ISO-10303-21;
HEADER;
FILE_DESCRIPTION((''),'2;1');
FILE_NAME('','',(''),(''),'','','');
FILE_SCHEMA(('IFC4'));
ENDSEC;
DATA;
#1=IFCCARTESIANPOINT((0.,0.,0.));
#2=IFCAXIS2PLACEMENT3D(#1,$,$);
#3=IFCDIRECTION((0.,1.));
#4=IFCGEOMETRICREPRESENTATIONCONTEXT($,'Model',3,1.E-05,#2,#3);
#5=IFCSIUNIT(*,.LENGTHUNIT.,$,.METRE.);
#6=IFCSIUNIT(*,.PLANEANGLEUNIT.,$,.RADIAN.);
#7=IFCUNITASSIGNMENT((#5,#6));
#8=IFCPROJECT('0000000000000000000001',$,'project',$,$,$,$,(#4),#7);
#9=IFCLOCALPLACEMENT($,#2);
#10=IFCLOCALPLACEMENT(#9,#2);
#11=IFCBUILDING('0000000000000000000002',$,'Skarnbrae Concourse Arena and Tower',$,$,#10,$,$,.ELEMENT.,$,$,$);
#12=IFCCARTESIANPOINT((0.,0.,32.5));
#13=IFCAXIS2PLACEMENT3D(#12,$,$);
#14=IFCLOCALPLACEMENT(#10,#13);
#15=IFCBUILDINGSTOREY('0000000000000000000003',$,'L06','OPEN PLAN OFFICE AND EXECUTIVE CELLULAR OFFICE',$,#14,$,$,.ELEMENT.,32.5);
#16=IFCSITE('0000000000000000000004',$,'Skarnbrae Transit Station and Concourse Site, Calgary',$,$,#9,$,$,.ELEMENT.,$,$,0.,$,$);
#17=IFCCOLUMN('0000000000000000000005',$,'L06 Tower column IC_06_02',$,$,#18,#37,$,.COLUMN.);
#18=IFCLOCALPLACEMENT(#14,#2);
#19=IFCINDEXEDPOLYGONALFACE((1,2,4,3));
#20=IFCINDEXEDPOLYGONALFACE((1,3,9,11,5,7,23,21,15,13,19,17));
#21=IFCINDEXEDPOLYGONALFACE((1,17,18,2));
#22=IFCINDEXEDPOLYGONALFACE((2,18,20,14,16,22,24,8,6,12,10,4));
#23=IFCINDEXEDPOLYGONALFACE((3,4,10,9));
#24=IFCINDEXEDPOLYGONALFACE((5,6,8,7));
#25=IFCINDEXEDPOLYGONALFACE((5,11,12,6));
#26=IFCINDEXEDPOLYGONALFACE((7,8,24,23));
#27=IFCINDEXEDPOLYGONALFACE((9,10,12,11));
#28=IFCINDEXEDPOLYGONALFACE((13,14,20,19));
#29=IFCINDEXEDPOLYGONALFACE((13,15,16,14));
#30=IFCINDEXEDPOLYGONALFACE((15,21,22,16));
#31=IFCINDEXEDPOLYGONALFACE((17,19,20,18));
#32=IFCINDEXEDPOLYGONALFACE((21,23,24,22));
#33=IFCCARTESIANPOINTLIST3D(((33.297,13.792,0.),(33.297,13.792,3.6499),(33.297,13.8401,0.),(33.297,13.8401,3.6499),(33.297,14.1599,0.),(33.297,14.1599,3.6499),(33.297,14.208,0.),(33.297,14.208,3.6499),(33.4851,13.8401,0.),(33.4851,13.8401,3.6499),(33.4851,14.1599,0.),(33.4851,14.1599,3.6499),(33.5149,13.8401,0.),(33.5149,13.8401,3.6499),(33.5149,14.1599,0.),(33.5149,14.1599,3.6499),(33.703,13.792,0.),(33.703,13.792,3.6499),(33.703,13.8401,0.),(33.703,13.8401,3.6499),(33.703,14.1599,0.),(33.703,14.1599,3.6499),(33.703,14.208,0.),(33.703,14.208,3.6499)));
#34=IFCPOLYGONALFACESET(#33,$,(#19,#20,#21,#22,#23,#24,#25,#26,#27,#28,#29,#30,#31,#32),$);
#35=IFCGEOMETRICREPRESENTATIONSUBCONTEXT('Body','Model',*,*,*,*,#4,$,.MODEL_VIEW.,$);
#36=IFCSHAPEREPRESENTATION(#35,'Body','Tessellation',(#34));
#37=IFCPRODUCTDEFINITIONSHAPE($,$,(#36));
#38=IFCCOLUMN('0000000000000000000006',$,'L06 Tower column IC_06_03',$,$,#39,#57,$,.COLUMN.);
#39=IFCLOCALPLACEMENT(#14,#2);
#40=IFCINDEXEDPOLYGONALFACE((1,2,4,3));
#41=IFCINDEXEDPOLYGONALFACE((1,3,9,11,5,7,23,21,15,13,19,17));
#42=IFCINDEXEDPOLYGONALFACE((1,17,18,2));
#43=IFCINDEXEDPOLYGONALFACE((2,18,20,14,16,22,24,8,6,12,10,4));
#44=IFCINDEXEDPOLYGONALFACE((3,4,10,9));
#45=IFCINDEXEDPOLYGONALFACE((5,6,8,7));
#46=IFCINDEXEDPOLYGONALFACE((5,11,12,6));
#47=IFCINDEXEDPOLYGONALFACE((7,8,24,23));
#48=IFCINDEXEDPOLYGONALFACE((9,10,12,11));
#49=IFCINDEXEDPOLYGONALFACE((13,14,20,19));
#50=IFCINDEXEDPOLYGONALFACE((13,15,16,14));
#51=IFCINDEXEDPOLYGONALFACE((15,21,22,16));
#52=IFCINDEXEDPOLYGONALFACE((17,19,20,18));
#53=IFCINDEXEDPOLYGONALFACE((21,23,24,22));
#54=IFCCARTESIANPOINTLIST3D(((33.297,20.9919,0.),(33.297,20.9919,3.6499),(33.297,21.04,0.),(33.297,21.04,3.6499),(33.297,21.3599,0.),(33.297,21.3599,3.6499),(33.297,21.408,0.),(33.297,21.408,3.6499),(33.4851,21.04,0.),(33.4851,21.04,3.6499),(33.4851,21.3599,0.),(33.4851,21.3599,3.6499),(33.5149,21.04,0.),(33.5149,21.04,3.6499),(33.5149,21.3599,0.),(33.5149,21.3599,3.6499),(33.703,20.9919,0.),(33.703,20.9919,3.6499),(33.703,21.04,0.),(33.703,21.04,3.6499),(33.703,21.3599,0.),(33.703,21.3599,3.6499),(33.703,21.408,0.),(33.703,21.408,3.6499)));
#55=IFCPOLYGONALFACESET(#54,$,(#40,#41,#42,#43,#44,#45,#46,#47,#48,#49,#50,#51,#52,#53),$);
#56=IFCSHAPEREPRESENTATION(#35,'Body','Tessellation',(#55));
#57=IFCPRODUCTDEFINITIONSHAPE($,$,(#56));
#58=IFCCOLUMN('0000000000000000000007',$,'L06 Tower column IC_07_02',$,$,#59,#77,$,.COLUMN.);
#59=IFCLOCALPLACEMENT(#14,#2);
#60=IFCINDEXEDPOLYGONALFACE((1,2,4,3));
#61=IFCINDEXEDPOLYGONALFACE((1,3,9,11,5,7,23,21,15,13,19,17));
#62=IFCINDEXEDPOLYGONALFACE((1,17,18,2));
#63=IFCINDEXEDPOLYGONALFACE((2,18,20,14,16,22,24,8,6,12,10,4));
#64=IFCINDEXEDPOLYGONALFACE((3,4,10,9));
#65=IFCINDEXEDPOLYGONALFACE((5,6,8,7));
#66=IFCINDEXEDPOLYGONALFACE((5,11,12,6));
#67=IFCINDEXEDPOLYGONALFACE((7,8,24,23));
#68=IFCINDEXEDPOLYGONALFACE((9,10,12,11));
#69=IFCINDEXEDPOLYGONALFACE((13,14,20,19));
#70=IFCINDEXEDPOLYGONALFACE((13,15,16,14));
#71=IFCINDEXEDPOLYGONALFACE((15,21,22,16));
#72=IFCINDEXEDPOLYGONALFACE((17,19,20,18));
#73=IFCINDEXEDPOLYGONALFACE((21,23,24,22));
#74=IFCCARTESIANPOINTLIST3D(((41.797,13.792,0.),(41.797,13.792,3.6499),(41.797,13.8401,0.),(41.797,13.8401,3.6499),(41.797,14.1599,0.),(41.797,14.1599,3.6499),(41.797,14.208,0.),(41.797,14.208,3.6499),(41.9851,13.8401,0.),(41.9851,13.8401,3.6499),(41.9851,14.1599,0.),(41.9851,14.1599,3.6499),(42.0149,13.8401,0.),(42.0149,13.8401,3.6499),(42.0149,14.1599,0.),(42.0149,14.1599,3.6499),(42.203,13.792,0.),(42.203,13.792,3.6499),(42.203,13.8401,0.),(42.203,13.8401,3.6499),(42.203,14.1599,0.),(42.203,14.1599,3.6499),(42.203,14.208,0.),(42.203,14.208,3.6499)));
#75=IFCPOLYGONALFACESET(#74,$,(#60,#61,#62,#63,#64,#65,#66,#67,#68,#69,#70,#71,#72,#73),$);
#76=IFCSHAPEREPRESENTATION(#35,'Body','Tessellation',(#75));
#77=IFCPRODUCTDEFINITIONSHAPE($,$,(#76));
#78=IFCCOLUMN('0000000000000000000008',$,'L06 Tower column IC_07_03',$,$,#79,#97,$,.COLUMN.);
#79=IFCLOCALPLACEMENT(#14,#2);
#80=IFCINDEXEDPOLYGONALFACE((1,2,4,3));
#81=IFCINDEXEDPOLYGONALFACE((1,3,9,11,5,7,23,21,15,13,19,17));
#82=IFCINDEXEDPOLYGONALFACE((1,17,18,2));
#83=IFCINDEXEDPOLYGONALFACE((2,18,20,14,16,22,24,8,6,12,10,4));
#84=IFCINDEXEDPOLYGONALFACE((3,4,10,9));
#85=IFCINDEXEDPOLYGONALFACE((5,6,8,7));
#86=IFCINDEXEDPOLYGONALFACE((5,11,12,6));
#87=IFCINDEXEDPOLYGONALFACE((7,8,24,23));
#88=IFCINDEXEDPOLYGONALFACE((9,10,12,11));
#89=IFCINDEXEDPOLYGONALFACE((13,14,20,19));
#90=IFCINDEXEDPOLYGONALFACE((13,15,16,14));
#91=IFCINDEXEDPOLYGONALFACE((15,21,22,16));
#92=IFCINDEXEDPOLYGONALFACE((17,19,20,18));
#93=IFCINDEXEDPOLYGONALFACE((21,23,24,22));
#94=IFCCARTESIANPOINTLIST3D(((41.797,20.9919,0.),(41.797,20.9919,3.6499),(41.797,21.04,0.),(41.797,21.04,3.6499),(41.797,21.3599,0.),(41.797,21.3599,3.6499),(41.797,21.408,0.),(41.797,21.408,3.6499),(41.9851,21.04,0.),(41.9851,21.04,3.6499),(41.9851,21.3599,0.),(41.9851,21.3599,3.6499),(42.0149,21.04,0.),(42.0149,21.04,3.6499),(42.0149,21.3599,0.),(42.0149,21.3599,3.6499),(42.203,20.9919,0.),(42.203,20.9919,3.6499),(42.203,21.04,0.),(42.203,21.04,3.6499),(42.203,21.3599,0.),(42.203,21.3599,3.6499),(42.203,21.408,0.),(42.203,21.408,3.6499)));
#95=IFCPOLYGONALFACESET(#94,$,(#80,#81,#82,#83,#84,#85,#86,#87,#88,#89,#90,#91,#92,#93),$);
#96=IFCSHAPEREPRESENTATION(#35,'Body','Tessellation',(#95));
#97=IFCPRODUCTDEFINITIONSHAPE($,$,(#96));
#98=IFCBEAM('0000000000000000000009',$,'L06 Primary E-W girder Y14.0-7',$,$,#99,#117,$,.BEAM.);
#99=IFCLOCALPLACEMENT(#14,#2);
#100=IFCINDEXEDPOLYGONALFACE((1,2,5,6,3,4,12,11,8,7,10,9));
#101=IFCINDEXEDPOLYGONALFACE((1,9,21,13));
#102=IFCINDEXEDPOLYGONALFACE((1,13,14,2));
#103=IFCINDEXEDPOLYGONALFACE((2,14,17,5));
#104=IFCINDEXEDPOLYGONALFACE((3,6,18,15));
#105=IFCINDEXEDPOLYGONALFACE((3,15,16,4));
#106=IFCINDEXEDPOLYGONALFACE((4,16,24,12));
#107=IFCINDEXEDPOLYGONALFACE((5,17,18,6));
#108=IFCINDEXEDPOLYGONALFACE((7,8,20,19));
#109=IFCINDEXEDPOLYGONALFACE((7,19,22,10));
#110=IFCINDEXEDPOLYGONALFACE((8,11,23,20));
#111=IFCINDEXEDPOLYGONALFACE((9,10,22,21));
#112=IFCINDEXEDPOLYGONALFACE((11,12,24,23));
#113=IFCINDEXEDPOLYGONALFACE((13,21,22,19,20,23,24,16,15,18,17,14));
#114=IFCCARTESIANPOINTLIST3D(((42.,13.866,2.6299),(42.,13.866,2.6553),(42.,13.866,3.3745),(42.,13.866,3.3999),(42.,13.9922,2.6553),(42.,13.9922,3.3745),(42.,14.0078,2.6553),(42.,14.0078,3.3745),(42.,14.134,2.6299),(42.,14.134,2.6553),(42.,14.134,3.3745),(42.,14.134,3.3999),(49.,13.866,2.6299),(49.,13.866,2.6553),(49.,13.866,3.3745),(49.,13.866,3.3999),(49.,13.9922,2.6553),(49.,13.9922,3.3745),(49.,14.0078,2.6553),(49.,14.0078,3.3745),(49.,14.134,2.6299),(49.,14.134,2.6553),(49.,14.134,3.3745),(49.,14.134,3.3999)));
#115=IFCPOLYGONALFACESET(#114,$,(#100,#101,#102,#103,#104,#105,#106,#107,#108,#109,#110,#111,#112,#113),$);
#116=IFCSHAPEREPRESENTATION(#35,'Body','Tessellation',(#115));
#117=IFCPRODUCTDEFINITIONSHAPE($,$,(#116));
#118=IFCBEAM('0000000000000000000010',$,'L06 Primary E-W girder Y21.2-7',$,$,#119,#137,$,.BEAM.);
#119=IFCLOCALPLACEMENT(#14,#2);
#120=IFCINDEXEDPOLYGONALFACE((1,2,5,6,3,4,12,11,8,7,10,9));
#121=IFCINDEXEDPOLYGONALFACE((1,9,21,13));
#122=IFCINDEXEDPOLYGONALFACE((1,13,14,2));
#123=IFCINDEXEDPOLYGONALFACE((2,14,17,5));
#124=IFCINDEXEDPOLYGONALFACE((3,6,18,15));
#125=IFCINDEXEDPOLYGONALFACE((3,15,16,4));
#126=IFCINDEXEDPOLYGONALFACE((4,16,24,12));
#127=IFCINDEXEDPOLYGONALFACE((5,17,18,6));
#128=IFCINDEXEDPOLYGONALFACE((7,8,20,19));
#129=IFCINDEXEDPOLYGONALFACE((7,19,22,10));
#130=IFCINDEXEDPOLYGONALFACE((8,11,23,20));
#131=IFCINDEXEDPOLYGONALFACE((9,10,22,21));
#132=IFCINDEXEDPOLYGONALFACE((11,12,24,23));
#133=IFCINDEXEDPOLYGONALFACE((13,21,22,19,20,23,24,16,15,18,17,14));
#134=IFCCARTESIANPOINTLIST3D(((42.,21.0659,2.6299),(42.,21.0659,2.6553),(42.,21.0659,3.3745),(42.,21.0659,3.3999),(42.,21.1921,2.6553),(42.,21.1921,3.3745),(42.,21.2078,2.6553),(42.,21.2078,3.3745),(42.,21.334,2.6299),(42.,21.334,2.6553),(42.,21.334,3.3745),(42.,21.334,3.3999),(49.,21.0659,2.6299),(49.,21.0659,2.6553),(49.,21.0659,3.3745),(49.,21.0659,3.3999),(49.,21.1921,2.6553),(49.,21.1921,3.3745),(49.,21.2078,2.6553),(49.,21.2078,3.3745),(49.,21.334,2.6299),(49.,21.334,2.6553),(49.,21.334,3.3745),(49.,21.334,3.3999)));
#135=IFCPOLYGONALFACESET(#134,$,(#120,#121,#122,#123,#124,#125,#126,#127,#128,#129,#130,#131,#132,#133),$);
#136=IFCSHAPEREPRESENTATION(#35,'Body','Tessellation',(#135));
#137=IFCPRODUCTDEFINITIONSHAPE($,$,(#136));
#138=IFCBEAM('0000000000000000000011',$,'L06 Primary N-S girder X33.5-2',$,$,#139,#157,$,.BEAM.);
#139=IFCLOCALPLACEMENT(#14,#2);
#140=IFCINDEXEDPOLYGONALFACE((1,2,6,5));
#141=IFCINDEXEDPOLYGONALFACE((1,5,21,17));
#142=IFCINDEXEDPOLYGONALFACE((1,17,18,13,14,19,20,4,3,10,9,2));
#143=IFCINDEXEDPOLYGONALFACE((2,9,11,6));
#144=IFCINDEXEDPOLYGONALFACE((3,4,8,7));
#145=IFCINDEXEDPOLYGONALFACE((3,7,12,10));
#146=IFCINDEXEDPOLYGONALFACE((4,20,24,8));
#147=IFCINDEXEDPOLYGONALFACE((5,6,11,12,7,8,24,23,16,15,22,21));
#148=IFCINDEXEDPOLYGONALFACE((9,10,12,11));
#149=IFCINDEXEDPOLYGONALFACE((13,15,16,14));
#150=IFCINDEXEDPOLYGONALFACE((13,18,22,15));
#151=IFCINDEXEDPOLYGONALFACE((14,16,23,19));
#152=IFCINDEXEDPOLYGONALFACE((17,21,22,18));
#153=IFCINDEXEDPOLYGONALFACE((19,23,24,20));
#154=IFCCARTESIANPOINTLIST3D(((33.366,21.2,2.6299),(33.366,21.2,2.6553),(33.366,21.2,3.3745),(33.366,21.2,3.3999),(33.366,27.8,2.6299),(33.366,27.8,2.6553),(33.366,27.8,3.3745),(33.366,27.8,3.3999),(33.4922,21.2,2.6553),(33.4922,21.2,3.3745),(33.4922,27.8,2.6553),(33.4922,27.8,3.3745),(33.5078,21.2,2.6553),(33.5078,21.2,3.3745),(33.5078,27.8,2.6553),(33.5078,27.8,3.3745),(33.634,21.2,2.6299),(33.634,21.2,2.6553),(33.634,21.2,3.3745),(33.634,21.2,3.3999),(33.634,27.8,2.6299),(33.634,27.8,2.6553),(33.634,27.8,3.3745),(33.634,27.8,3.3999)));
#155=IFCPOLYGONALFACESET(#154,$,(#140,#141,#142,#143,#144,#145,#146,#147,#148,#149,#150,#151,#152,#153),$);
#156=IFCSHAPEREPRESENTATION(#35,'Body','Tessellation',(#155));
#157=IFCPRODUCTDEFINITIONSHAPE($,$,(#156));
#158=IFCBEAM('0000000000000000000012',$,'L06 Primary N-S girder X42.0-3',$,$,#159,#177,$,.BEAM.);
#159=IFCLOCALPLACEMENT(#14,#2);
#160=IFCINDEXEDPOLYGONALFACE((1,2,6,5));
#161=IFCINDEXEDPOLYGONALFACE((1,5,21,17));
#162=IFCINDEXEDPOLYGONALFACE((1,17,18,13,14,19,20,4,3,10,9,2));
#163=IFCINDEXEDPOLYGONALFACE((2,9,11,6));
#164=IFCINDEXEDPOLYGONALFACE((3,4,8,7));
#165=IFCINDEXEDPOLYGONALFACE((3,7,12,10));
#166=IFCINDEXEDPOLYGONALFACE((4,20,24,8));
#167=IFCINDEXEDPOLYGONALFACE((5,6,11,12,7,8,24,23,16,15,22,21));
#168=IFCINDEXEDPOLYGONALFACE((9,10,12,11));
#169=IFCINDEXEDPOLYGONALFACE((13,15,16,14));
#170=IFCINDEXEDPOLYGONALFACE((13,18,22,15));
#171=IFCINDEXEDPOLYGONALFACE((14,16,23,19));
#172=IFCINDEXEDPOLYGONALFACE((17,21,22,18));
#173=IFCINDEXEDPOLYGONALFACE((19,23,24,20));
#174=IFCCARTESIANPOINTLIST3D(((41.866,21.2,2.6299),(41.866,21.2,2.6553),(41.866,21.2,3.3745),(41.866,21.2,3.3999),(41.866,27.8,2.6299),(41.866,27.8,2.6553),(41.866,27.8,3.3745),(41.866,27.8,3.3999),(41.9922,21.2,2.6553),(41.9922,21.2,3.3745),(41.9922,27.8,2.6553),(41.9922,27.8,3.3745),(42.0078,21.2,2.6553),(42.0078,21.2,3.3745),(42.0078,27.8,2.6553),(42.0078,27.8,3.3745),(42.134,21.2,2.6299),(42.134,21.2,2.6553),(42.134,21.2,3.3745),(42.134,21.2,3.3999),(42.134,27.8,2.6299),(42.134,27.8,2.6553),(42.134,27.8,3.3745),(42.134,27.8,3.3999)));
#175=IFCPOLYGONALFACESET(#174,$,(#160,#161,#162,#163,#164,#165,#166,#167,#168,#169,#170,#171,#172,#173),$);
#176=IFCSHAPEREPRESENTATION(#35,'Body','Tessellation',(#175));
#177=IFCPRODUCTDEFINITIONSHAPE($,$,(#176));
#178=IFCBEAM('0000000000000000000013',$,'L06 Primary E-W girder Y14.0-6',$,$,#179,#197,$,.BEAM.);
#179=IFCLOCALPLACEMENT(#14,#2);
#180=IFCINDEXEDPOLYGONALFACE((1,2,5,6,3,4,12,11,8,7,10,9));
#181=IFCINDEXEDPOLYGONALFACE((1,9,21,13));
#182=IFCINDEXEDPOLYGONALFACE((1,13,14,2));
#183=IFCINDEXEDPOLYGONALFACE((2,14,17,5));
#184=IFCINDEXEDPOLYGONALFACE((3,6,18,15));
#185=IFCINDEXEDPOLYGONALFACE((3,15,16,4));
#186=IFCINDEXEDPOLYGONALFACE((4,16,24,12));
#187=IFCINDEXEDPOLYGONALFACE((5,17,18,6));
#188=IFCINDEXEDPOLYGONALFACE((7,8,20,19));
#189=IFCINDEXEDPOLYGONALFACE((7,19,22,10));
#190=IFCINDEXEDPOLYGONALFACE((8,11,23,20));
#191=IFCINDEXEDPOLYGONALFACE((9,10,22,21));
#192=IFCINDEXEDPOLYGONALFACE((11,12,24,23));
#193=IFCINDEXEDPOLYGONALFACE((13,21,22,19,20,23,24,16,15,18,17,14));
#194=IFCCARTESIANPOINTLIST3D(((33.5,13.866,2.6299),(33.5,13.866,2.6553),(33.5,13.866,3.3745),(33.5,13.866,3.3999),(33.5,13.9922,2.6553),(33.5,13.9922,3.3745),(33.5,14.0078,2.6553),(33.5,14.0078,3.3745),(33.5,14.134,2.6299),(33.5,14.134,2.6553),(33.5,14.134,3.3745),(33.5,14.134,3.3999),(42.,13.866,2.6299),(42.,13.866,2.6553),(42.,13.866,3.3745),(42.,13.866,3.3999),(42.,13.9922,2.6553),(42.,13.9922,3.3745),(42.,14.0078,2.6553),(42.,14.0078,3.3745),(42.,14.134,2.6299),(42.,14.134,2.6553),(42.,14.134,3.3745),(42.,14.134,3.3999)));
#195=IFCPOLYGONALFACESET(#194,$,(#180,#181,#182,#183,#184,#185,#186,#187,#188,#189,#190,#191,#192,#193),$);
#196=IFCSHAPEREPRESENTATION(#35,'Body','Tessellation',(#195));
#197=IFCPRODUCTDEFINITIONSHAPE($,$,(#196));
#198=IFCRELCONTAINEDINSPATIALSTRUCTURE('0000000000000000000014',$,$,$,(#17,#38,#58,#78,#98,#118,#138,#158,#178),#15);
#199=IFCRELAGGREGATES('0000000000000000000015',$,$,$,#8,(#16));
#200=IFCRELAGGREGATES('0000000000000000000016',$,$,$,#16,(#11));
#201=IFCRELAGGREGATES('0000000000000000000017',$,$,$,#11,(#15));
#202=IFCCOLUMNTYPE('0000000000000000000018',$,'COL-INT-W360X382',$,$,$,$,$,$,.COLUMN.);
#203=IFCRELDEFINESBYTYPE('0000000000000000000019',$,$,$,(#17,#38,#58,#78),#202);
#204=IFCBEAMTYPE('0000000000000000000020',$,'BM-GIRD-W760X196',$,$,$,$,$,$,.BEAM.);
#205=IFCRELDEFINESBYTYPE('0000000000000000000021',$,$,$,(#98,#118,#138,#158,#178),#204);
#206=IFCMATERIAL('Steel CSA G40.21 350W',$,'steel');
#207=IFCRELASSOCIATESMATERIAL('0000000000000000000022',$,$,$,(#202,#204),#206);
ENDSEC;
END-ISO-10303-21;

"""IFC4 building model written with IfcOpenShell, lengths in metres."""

from ifc_helpers import new_model, si_unit, direction, frame, origin, origin_2d, place, context, subcontext, project, spatial, i_section, extrude, source, transform, mapped, material, material_profile, profile_set, type_object, element, save


model = new_model("IFC4")

# Units and contexts
model_context = context("Model", 3, precision=1e-05, world=origin(), true_north=direction((0.0, 1.0)))
body_context = subcontext(model_context, "Body", "Model", "MODEL_VIEW")
ifc_project = project(units=[si_unit("LENGTHUNIT", "METRE"), si_unit("PLANEANGLEUNIT", "RADIAN")], contexts=[model_context])

# Site, building, storey
site_placement = place(None, origin())
site = spatial("IfcSite", under=ifc_project, at=site_placement, Name="Skarnbrae Transit Station and Concourse Site, Calgary", CompositionType="ELEMENT", RefElevation=0.0)
building_placement = place(site_placement, origin())
building = spatial("IfcBuilding", under=site, at=building_placement, Name="Skarnbrae Concourse Arena and Tower", CompositionType="ELEMENT")
storey_placement = place(building_placement, frame((0.0, 0.0, 32.5)))
storey = spatial("IfcBuildingStorey", under=building, at=storey_placement, Name="L06", Description="OPEN PLAN OFFICE AND EXECUTIVE CELLULAR OFFICE", CompositionType="ELEMENT", Elevation=32.5)

# Columns
ifc_material_1 = material(Name="Steel CSA G40.21 350W", Category="steel")
ifc_material_profile_1 = material_profile(ifc_material_1, i_section(OverallWidth=0.406, OverallDepth=0.416, WebThickness=0.0298, FlangeThickness=0.0481, at=origin_2d()), Name="W360X382")
ifc_profile_set_1 = profile_set([ifc_material_profile_1], Name="Steel CSA G40.21 350W")
column_type = type_object("IfcColumnType", Name="COL-INT-W360X382", PredefinedType="COLUMN", material=ifc_profile_set_1)
shared_shape_1 = source(origin(), body_context, "Body", "SweptSolid", [
    extrude(i_section(OverallWidth=0.406, OverallDepth=0.416, WebThickness=0.0298, FlangeThickness=0.0481, at=origin_2d()), origin(), (0.0, 0.0, 1.0), 3.6499),
])
for number, where, z_axis, x_axis, name in (
    (1, (33.5, 14.0, 0.0), (0.0, 0.0, 1.0), (1.0, 0.0, 0.0), "L06 Tower column IC_06_02"),
    (2, (33.5, 21.2, 0.0), (0.0, 0.0, 1.0), (1.0, 0.0, 0.0), "L06 Tower column IC_06_03"),
    (3, (42.0, 14.0, 0.0), (0.0, 0.0, 1.0), (1.0, 0.0, 0.0), "L06 Tower column IC_07_02"),
    (4, (42.0, 21.2, 0.0), (0.0, 0.0, 1.0), (1.0, 0.0, 0.0), "L06 Tower column IC_07_03"),
):
    element("IfcColumn", number, at=place(storey_placement, frame(where, z_axis=z_axis, x_axis=x_axis)), inside=storey, type_object=column_type, Name=name, PredefinedType="COLUMN", context=body_context, shape_type="MappedRepresentation", body=[
        mapped(shared_shape_1, transform((0.0, 0.0, 0.0))),
    ])

# Beams
ifc_material_profile_2 = material_profile(ifc_material_1, i_section(OverallWidth=0.2681, OverallDepth=0.77, WebThickness=0.0156, FlangeThickness=0.0254, at=origin_2d()), Name="W760X196")
ifc_profile_set_2 = profile_set([ifc_material_profile_2], Name="Steel CSA G40.21 350W")
beam_type_1 = type_object("IfcBeamType", Name="BM-GIRD-W760X196", PredefinedType="BEAM", material=ifc_profile_set_2)
shared_shape_2 = source(origin(), body_context, "Body", "SweptSolid", [
    extrude(i_section(OverallWidth=0.2681, OverallDepth=0.77, WebThickness=0.0156, FlangeThickness=0.0254, at=origin_2d()), origin(), (0.0, 0.0, 1.0), 7.0),
])
for number, where, z_axis, x_axis, name in (
    (5, (42.0, 14.0, 3.0149), (1.0, 0.0, 0.0), (0.0, 1.0, 0.0), "L06 Primary E-W girder Y14.0-7"),
    (6, (42.0, 21.2, 3.0149), (1.0, 0.0, 0.0), (0.0, 1.0, 0.0), "L06 Primary E-W girder Y21.2-7"),
):
    element("IfcBeam", number, at=place(storey_placement, frame(where, z_axis=z_axis, x_axis=x_axis)), inside=storey, type_object=beam_type_1, Name=name, PredefinedType="BEAM", context=body_context, shape_type="MappedRepresentation", body=[
        mapped(shared_shape_2, transform((0.0, 0.0, 0.0))),
    ])
shared_shape_3 = source(origin(), body_context, "Body", "SweptSolid", [
    extrude(i_section(OverallWidth=0.2681, OverallDepth=0.77, WebThickness=0.0156, FlangeThickness=0.0254, at=origin_2d()), origin(), (0.0, 0.0, 1.0), 6.6001),
])
for number, where, z_axis, x_axis, name in (
    (7, (33.5, 21.2, 3.0149), (0.0, 1.0, 0.0), (-1.0, 0.0, 0.0), "L06 Primary N-S girder X33.5-2"),
    (8, (42.0, 21.2, 3.0149), (0.0, 1.0, 0.0), (-1.0, 0.0, 0.0), "L06 Primary N-S girder X42.0-3"),
):
    element("IfcBeam", number, at=place(storey_placement, frame(where, z_axis=z_axis, x_axis=x_axis)), inside=storey, type_object=beam_type_1, Name=name, PredefinedType="BEAM", context=body_context, shape_type="MappedRepresentation", body=[
        mapped(shared_shape_3, transform((0.0, 0.0, 0.0))),
    ])
shared_shape_4 = source(origin(), body_context, "Body", "SweptSolid", [
    extrude(i_section(OverallWidth=0.2681, OverallDepth=0.77, WebThickness=0.0156, FlangeThickness=0.0254, at=origin_2d()), origin(), (0.0, 0.0, 1.0), 8.5),
])
for number, where, z_axis, x_axis, name in (
    (9, (33.5, 14.0, 3.0149), (1.0, 0.0, 0.0), (0.0, 1.0, 0.0), "L06 Primary E-W girder Y14.0-6"),
):
    element("IfcBeam", number, at=place(storey_placement, frame(where, z_axis=z_axis, x_axis=x_axis)), inside=storey, type_object=beam_type_1, Name=name, PredefinedType="BEAM", context=body_context, shape_type="MappedRepresentation", body=[
        mapped(shared_shape_4, transform((0.0, 0.0, 0.0))),
    ])

save(model, "model.ifc")
